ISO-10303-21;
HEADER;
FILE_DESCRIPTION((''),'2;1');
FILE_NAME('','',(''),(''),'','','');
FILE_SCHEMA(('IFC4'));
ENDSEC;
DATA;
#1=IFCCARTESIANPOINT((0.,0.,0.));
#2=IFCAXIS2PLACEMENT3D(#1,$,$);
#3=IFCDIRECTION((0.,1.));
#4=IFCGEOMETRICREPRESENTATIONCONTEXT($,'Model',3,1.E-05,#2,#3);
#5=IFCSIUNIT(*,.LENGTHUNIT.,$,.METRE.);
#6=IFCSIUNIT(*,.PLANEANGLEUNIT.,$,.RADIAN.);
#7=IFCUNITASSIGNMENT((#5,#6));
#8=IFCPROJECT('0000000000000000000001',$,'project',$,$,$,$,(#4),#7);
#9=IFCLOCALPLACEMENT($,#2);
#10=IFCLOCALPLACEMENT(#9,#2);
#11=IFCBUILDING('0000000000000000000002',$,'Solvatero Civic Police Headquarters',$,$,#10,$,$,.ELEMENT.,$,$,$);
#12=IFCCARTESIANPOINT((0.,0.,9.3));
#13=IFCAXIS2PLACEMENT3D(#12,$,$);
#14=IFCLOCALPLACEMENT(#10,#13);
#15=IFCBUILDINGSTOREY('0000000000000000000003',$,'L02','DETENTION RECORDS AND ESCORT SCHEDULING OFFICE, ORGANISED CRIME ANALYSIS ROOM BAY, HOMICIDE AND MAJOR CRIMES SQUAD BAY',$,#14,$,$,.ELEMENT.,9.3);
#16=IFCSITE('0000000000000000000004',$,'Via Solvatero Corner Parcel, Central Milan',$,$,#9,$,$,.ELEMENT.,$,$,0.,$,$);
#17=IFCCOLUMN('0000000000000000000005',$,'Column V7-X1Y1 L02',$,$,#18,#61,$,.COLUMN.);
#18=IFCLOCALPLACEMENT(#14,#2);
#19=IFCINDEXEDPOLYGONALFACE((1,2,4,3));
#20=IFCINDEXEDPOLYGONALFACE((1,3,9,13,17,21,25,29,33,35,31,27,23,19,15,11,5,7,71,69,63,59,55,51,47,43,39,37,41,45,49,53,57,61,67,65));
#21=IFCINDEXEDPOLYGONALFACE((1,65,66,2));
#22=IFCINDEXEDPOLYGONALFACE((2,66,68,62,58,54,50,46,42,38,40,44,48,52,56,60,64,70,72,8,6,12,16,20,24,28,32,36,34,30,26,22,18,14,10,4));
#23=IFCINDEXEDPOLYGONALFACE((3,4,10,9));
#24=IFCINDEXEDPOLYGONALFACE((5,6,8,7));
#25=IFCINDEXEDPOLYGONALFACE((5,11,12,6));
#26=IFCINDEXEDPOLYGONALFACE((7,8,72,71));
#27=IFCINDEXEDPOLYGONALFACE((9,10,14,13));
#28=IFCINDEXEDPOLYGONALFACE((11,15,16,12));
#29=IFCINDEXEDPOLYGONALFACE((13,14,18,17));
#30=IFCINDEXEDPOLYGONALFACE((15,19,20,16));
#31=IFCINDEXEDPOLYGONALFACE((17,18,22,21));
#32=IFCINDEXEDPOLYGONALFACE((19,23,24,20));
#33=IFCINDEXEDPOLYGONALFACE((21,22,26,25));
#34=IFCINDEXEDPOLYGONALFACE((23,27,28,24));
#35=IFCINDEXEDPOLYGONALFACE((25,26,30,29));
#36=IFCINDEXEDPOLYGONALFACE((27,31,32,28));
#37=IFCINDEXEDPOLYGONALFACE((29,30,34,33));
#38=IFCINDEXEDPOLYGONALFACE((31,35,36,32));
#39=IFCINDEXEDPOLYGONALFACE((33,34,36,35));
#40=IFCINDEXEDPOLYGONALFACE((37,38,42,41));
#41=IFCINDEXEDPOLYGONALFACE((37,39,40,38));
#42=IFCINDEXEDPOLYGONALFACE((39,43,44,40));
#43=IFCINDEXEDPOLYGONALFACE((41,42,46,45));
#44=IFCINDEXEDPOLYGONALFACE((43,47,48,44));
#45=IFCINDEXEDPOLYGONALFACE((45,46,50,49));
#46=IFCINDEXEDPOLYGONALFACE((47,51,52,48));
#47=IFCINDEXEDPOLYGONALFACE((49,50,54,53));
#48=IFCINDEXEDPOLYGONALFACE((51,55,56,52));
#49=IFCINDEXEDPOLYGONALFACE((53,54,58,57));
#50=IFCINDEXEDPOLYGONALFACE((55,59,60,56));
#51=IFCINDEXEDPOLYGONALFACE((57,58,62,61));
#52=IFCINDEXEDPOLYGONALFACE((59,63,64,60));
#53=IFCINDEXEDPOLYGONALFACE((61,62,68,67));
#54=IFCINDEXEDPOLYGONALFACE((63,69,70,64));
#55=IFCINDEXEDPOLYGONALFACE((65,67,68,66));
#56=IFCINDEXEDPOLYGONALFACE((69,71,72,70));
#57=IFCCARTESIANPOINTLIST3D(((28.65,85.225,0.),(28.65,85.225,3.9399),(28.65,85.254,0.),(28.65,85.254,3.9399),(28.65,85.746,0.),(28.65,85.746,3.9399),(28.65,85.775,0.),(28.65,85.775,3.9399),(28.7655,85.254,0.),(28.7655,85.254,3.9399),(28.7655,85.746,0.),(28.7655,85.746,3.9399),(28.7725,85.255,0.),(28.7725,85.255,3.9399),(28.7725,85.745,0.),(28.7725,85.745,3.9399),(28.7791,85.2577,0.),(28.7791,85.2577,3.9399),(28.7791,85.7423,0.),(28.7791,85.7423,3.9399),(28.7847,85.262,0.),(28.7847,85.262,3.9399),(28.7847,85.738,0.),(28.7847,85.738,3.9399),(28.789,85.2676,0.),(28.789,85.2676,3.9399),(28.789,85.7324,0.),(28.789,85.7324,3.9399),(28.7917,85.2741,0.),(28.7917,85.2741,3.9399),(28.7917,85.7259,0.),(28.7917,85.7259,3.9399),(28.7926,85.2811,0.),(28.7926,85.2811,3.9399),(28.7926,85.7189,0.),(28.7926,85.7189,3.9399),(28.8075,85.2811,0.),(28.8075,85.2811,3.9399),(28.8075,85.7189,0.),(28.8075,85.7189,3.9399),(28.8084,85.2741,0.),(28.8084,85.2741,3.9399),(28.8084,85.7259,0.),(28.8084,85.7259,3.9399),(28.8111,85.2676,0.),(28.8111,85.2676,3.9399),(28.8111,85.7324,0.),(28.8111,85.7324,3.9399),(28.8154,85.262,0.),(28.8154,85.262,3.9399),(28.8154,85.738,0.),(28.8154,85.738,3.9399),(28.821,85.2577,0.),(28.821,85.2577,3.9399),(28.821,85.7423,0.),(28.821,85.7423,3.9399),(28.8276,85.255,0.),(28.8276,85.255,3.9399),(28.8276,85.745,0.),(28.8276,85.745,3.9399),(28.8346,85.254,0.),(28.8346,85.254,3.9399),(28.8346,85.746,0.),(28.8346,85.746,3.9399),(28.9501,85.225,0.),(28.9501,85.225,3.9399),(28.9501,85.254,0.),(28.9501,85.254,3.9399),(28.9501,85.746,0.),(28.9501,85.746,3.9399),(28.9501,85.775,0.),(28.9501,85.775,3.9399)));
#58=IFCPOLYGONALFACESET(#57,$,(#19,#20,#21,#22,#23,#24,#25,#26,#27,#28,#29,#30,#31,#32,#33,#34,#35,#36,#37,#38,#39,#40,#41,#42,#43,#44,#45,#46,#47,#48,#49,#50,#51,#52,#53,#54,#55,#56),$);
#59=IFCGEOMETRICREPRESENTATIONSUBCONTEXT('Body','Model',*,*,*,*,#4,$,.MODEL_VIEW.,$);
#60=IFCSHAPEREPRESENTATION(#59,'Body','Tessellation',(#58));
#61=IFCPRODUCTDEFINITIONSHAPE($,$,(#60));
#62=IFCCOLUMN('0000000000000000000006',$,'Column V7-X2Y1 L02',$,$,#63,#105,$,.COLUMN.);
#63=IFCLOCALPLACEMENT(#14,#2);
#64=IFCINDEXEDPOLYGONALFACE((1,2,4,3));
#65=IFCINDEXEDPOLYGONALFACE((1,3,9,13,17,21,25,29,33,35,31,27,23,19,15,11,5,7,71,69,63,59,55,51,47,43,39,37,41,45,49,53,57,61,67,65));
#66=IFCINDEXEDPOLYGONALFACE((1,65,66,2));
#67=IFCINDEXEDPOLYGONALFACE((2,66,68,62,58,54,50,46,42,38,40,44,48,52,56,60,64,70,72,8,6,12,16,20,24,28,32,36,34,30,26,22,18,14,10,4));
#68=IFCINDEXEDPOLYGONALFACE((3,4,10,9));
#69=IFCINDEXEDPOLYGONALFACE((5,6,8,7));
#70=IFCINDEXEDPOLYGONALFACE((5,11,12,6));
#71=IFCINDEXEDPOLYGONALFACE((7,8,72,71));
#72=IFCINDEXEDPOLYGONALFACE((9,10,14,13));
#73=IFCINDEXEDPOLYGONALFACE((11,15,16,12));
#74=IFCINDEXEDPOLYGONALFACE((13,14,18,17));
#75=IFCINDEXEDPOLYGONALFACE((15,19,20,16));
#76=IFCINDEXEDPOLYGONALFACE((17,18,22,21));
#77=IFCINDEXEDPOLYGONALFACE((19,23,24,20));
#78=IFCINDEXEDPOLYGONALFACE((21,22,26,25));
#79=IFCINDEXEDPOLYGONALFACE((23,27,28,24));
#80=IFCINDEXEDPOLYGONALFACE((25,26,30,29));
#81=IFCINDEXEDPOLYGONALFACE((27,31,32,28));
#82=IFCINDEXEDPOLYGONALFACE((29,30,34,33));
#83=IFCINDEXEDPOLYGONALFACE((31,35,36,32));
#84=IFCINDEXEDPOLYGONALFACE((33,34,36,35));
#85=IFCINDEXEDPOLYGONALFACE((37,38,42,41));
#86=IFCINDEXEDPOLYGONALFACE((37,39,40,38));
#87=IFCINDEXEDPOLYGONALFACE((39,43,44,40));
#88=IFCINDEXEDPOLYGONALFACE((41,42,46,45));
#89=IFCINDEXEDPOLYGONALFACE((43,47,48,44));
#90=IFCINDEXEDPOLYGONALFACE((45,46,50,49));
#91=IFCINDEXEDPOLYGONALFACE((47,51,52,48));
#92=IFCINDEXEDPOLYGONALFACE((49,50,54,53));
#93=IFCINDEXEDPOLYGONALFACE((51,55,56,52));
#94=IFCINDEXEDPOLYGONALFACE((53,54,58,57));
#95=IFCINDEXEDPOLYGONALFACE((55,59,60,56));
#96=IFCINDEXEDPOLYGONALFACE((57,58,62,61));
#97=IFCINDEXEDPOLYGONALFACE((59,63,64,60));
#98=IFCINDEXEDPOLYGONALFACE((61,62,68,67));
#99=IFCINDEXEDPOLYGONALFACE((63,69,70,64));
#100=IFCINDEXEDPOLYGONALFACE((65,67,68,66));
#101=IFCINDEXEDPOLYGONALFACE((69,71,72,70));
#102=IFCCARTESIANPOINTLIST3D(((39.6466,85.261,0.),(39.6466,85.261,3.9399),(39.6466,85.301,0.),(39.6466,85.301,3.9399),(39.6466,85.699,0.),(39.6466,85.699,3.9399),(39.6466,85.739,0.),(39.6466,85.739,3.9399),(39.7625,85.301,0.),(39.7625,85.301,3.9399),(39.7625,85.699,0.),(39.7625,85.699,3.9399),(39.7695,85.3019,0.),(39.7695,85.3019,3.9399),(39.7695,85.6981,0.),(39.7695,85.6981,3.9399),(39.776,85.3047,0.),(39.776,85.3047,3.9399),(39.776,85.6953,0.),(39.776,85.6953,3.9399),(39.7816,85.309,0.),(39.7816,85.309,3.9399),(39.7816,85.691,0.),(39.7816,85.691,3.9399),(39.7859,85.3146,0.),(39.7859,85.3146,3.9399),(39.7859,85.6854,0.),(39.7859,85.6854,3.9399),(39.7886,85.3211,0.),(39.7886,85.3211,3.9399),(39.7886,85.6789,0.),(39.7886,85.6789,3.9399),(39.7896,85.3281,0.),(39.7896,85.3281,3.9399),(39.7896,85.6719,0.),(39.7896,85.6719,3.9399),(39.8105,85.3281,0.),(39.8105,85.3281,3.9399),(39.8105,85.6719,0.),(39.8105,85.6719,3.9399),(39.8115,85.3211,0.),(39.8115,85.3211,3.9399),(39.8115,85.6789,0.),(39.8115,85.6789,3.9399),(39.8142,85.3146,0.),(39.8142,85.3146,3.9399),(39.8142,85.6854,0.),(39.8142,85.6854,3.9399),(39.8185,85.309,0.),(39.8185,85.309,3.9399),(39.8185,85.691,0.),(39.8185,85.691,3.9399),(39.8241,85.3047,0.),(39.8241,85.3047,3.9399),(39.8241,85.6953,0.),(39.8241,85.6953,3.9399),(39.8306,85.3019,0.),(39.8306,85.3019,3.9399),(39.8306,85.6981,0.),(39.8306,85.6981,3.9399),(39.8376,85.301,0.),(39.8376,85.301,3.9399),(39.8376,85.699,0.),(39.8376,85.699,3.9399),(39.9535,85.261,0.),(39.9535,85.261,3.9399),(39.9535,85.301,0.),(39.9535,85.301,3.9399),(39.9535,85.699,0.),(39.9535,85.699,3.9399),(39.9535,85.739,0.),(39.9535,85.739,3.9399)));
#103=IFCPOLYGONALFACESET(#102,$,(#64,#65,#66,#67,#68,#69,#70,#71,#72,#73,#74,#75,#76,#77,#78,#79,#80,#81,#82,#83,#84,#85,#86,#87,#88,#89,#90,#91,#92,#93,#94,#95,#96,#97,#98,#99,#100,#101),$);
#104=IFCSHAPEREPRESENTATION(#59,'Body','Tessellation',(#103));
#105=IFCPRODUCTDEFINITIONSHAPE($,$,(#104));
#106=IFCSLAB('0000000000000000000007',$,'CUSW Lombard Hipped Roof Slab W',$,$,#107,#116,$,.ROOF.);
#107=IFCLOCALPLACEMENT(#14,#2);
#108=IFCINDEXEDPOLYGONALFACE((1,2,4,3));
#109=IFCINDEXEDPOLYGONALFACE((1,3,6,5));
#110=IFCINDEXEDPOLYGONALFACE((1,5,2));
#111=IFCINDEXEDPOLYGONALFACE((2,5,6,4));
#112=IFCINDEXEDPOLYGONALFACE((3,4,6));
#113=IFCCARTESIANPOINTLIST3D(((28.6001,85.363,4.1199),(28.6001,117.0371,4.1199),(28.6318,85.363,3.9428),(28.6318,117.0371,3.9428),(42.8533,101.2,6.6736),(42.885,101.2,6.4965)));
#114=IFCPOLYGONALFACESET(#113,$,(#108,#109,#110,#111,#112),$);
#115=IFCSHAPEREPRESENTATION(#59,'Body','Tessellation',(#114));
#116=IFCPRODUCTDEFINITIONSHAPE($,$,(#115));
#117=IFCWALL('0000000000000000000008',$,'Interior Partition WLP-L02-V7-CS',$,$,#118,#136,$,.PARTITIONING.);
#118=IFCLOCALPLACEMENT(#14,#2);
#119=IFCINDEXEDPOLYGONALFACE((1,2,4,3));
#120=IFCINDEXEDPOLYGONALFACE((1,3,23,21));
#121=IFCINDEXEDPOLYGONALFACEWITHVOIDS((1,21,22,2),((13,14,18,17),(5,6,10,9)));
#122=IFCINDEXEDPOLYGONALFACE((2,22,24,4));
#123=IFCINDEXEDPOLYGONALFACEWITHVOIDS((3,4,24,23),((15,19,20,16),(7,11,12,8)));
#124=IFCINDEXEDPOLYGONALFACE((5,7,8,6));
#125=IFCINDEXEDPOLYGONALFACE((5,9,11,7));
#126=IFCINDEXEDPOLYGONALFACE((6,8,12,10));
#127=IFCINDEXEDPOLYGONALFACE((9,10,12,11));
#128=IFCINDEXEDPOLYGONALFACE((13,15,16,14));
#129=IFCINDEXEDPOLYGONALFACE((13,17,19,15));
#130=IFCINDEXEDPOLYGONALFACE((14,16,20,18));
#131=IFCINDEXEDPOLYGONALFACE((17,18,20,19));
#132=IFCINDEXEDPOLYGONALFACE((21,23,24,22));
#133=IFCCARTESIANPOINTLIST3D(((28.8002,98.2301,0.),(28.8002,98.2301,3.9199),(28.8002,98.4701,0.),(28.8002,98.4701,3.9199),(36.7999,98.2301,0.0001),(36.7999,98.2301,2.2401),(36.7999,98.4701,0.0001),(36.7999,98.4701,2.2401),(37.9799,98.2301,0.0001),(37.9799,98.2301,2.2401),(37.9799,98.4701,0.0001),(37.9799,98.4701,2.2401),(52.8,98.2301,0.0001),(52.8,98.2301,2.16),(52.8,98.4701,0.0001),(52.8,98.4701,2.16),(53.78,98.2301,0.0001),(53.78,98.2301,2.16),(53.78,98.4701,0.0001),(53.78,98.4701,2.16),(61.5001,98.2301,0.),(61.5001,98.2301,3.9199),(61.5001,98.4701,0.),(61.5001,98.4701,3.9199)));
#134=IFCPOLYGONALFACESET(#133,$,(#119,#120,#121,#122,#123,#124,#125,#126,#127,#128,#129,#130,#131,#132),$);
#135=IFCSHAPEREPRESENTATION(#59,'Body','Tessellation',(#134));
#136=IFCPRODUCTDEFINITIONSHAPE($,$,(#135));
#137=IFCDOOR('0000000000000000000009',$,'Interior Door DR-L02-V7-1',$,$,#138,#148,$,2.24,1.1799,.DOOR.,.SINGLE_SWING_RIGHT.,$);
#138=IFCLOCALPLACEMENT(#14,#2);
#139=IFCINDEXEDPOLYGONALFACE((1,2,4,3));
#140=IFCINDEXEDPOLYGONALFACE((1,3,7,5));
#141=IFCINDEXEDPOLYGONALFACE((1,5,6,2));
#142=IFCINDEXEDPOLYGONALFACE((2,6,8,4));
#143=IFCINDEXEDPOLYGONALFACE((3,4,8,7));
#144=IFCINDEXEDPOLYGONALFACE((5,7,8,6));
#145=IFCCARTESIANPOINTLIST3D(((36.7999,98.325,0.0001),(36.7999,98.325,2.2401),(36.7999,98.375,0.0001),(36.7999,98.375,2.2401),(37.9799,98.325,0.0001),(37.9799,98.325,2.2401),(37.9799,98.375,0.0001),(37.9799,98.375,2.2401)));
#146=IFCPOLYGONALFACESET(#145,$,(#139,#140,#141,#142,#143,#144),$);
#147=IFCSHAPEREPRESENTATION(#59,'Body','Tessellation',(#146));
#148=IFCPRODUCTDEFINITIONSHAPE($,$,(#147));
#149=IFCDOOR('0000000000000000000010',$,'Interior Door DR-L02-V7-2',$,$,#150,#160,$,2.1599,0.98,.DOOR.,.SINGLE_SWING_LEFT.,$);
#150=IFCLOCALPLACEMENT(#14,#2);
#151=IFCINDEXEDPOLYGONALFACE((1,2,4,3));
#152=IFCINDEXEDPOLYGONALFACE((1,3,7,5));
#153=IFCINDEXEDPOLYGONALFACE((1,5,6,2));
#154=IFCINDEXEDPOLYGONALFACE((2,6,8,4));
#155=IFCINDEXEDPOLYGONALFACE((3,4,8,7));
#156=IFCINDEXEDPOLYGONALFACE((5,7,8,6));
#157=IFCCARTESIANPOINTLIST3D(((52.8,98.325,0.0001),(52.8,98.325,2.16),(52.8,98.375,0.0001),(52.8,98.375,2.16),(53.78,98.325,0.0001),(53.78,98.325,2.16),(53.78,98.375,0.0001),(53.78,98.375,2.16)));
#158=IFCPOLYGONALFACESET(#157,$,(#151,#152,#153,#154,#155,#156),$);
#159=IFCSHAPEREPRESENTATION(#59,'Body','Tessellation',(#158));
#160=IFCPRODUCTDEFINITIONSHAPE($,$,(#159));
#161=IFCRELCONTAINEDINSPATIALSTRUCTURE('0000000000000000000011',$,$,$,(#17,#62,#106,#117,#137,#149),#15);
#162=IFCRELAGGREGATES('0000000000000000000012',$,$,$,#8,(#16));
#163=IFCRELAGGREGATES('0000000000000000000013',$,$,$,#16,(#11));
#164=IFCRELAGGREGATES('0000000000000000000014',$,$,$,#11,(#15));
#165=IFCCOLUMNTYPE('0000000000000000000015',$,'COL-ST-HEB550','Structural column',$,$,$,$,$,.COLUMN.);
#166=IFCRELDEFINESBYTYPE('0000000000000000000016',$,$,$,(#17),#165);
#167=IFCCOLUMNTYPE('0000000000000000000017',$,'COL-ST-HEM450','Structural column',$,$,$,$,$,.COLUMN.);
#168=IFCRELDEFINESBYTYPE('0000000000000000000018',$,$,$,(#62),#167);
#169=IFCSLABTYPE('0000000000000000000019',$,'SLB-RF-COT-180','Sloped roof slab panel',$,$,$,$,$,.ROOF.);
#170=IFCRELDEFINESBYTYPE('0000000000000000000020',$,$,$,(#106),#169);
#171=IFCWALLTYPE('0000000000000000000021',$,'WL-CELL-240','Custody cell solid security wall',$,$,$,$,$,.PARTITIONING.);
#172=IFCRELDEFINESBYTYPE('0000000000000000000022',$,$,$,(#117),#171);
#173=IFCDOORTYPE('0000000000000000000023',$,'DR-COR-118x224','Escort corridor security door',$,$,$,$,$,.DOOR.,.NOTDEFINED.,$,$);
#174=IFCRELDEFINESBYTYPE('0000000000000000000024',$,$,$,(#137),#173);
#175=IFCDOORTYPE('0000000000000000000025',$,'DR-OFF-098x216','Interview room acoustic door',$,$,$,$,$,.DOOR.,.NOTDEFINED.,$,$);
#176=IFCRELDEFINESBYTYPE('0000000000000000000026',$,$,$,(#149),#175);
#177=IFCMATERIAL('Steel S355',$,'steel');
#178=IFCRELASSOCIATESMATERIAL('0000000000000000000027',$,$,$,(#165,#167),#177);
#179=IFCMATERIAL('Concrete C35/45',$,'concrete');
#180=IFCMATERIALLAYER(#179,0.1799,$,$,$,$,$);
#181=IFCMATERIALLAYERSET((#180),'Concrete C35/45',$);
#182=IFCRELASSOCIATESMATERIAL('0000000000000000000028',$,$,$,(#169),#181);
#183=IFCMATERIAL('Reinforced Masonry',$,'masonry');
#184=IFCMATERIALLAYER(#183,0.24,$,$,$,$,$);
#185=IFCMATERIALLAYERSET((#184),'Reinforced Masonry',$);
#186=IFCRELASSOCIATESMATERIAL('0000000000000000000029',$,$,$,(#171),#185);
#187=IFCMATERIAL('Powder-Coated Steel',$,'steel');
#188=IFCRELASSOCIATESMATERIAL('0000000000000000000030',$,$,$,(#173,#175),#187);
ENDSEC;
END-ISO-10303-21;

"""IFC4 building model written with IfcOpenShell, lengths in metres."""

from ifc_helpers import new_model, si_unit, direction, frame, frame_2d, origin, origin_2d, place, context, subcontext, project, spatial, polyline, rectangle, i_section, outline, extrude, material, layer, layer_set, material_profile, profile_set, type_object, element, fill, save


model = new_model("IFC4")

# Units and contexts
model_context = context("Model", 3, precision=1e-05, world=origin(), true_north=direction((0.0, 1.0)))
body_context = subcontext(model_context, "Body", "Model", "MODEL_VIEW")
ifc_project = project(units=[si_unit("LENGTHUNIT", "METRE"), si_unit("PLANEANGLEUNIT", "RADIAN")], contexts=[model_context])

# Site, building, storey
site_placement = place(None, origin())
site = spatial("IfcSite", under=ifc_project, at=site_placement, Name="Via Solvatero Corner Parcel, Central Milan", CompositionType="ELEMENT", RefElevation=0.0)
building_placement = place(site_placement, origin())
building = spatial("IfcBuilding", under=site, at=building_placement, Name="Solvatero Civic Police Headquarters", CompositionType="ELEMENT")
storey_placement = place(building_placement, frame((0.0, 0.0, 9.3)))
storey = spatial("IfcBuildingStorey", under=building, at=storey_placement, Name="L02", Description="DETENTION RECORDS AND ESCORT SCHEDULING OFFICE, ORGANISED CRIME ANALYSIS ROOM BAY, HOMICIDE AND MAJOR CRIMES SQUAD BAY", CompositionType="ELEMENT", Elevation=9.3)

# Columns
ifc_material_1 = material(Name="Steel S355", Category="steel")
ifc_material_profile_1 = material_profile(ifc_material_1, i_section(OverallWidth=0.3, OverallDepth=0.55, WebThickness=0.0149, FlangeThickness=0.0291, FilletRadius=0.0271, at=origin_2d()), Name="HEB 550")
ifc_profile_set_1 = profile_set([ifc_material_profile_1], Name="Steel S355")
column_type_1 = type_object("IfcColumnType", Name="COL-ST-HEB550", Description="Structural column", PredefinedType="COLUMN", material=ifc_profile_set_1)
column_1_placement = place(storey_placement, frame((28.8, 85.5, 0.0), z_axis=(0.0, 0.0, 1.0), x_axis=(1.0, 0.0, 0.0)))
element("IfcColumn", 1, at=column_1_placement, inside=storey, type_object=column_type_1, Name="Column V7-X1Y1 L02", PredefinedType="COLUMN", context=body_context, shape_type="SweptSolid", body=[
    extrude(i_section(OverallWidth=0.3, OverallDepth=0.55, WebThickness=0.0149, FlangeThickness=0.0291, FilletRadius=0.0271, at=origin_2d()), origin(), (0.0, 0.0, 1.0), 3.9399),
])
ifc_material_profile_2 = material_profile(ifc_material_1, i_section(OverallWidth=0.3069, OverallDepth=0.478, WebThickness=0.021, FlangeThickness=0.04, FilletRadius=0.0271, at=origin_2d()), Name="HEM 450")
ifc_profile_set_2 = profile_set([ifc_material_profile_2], Name="Steel S355")
column_type_2 = type_object("IfcColumnType", Name="COL-ST-HEM450", Description="Structural column", PredefinedType="COLUMN", material=ifc_profile_set_2)
column_2_placement = place(storey_placement, frame((39.8, 85.5, 0.0), z_axis=(0.0, 0.0, 1.0), x_axis=(1.0, 0.0, 0.0)))
element("IfcColumn", 2, at=column_2_placement, inside=storey, type_object=column_type_2, Name="Column V7-X2Y1 L02", PredefinedType="COLUMN", context=body_context, shape_type="SweptSolid", body=[
    extrude(i_section(OverallWidth=0.3069, OverallDepth=0.478, WebThickness=0.021, FlangeThickness=0.04, FilletRadius=0.0271, at=origin_2d()), origin(), (0.0, 0.0, 1.0), 3.9399),
])

# Slab
ifc_material_2 = material(Name="Concrete C35/45", Category="concrete")
ifc_layer_1 = layer(ifc_material_2, 0.1799)
ifc_layer_set_1 = layer_set([ifc_layer_1], Name="Concrete C35/45")
slab_type = type_object("IfcSlabType", Name="SLB-RF-COT-180", Description="Sloped roof slab panel", PredefinedType="ROOF", material=ifc_layer_set_1)
slab_placement = place(storey_placement, frame((28.6001, 85.363, 4.1199), z_axis=(-0.17636, 0.0, 0.984326), x_axis=(0.0, 1.0, 0.0)))
element("IfcSlab", 3, at=slab_placement, inside=storey, type_object=slab_type, Name="CUSW Lombard Hipped Roof Slab W", PredefinedType="ROOF", context=body_context, shape_type="SweptSolid", body=[
    extrude(outline(polyline([(0.0, 0.0), (31.6741, 0.0), (15.8369, -14.4801), (0.0, 0.0)])), origin(), (0.0, 0.0, -1.0), 0.1799),
])

# Wall, openings, doors
ifc_material_3 = material(Name="Reinforced Masonry", Category="masonry")
ifc_layer_2 = layer(ifc_material_3, 0.24)
ifc_layer_set_2 = layer_set([ifc_layer_2], Name="Reinforced Masonry")
wall_type_1 = type_object("IfcWallType", Name="WL-CELL-240", Description="Custody cell solid security wall", PredefinedType="PARTITIONING", material=ifc_layer_set_2)
wall_1_placement = place(storey_placement, frame((28.8, 98.3501, 0.0), z_axis=(0.0, 0.0, 1.0), x_axis=(1.0, 0.0, 0.0)))
wall_1 = element("IfcWall", 4, at=wall_1_placement, inside=storey, type_object=wall_type_1, Name="Interior Partition WLP-L02-V7-CS", PredefinedType="PARTITIONING", context=body_context, shape_type="SweptSolid", body=[
    extrude(rectangle(XDim=32.7, YDim=0.24, at=frame_2d((16.3501, 0.0))), origin(), (0.0, 0.0, 1.0), 3.9199),
])
opening_1_placement = place(wall_1_placement, frame((8.0, 0.0, 0.0)))
opening_1 = element("IfcOpeningElement", 5, at=opening_1_placement, cuts=wall_1, PredefinedType="OPENING", context=body_context, shape_type="SweptSolid", body=[
    extrude(rectangle(XDim=1.1799, YDim=2.24, at=frame_2d((0.5898, 1.1201))), frame((0.0, 0.1299, 0.0), z_axis=(0.0, -1.0, 0.0), x_axis=(1.0, 0.0, 0.0)), (0.0, 0.0, 1.0), 0.26),
])
opening_2_placement = place(wall_1_placement, frame((24.0, 0.0, 0.0)))
opening_2 = element("IfcOpeningElement", 6, at=opening_2_placement, cuts=wall_1, PredefinedType="OPENING", context=body_context, shape_type="SweptSolid", body=[
    extrude(rectangle(XDim=0.98, YDim=2.1599, at=frame_2d((0.49, 1.0801))), frame((0.0, 0.1299, 0.0), z_axis=(0.0, -1.0, 0.0), x_axis=(1.0, 0.0, 0.0)), (0.0, 0.0, 1.0), 0.26),
])
ifc_material_4 = material(Name="Powder-Coated Steel", Category="steel")
door_type_1 = type_object("IfcDoorType", Name="DR-COR-118x224", Description="Escort corridor security door", OperationType="NOTDEFINED", PredefinedType="DOOR", material=ifc_material_4)
door_1_placement = place(opening_1_placement, origin())
door_1 = element("IfcDoor", 7, at=door_1_placement, inside=storey, type_object=door_type_1, Name="Interior Door DR-L02-V7-1", OperationType="SINGLE_SWING_RIGHT", OverallHeight=2.24, OverallWidth=1.1799, PredefinedType="DOOR", context=body_context, shape_type="SweptSolid", body=[
    extrude(rectangle(XDim=1.1799, YDim=2.24, at=frame_2d((0.5898, 1.1201))), frame((0.0, 0.0249, 0.0), z_axis=(0.0, -1.0, 0.0), x_axis=(1.0, 0.0, 0.0)), (0.0, 0.0, 1.0), 0.05),
])
fill(opening_1, door_1)
door_type_2 = type_object("IfcDoorType", Name="DR-OFF-098x216", Description="Interview room acoustic door", OperationType="NOTDEFINED", PredefinedType="DOOR", material=ifc_material_4)
door_2_placement = place(opening_2_placement, origin())
door_2 = element("IfcDoor", 8, at=door_2_placement, inside=storey, type_object=door_type_2, Name="Interior Door DR-L02-V7-2", OperationType="SINGLE_SWING_LEFT", OverallHeight=2.1599, OverallWidth=0.98, PredefinedType="DOOR", context=body_context, shape_type="SweptSolid", body=[
    extrude(rectangle(XDim=0.98, YDim=2.1599, at=frame_2d((0.49, 1.0801))), frame((0.0, 0.0249, 0.0), z_axis=(0.0, -1.0, 0.0), x_axis=(1.0, 0.0, 0.0)), (0.0, 0.0, 1.0), 0.05),
])
fill(opening_2, door_2)

save(model, "model.ifc")
